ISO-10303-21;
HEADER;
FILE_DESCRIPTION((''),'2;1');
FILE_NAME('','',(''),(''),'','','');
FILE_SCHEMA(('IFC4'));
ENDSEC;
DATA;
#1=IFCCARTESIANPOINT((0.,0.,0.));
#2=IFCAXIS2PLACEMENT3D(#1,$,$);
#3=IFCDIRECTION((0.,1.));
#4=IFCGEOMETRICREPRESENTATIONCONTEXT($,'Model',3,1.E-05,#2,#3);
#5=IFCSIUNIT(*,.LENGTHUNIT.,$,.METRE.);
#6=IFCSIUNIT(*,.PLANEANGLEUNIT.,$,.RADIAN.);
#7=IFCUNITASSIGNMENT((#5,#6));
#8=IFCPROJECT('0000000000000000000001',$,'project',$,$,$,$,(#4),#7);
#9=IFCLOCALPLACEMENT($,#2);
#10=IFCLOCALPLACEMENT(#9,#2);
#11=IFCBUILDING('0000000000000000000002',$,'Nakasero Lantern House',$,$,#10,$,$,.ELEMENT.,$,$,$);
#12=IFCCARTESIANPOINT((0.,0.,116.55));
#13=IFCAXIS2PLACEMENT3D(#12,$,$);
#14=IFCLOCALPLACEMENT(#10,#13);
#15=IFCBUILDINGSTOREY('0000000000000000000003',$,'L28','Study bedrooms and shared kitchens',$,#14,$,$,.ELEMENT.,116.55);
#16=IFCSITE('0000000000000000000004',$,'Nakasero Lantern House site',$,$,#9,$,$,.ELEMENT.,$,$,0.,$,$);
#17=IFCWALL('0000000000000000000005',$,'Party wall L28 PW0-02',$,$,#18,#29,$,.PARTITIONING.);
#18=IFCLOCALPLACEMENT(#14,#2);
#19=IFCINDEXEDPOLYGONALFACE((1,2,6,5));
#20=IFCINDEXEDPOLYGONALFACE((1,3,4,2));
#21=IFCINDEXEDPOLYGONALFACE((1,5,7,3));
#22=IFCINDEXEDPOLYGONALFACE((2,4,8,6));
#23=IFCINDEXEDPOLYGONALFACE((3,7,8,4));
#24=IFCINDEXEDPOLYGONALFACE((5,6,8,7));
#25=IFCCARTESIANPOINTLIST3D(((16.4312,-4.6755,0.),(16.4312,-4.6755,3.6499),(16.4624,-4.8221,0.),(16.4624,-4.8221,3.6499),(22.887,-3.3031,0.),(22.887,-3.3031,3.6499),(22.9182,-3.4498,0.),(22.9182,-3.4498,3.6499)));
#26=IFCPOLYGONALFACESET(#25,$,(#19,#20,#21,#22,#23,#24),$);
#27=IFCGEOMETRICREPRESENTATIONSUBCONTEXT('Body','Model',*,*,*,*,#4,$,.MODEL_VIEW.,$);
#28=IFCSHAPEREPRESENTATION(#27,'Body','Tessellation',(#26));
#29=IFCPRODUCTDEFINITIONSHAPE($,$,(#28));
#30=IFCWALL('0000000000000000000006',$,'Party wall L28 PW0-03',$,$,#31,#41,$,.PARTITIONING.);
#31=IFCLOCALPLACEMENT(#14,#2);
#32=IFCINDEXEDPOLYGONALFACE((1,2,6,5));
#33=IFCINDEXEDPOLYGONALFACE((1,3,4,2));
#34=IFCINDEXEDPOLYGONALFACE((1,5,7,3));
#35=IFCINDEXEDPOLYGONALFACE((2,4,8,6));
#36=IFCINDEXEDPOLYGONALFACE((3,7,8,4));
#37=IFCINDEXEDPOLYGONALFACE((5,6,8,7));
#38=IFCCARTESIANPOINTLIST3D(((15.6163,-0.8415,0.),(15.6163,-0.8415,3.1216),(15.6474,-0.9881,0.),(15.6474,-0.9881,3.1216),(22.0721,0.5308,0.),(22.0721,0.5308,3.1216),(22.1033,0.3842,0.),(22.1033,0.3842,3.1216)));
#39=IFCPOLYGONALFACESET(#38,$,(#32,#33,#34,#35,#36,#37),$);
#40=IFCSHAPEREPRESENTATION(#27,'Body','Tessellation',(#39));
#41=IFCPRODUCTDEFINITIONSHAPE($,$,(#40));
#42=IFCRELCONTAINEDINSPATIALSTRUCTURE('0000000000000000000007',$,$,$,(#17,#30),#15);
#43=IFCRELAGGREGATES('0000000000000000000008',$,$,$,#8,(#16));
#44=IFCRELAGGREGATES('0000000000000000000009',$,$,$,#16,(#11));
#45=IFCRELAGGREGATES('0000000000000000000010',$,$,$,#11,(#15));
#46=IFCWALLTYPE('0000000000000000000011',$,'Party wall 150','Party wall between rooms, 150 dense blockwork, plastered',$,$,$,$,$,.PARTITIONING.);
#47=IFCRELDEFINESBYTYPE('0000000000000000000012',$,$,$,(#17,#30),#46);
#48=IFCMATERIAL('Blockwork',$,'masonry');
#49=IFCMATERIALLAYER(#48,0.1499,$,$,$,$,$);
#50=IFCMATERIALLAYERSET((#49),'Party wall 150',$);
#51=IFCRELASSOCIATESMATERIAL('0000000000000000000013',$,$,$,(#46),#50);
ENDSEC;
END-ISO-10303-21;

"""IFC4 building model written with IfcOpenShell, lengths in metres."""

from ifc_helpers import new_model, si_unit, direction, frame, frame_2d, origin, place, context, subcontext, project, spatial, rectangle, extrude, material, layer, layer_set, type_object, element, save


model = new_model("IFC4")

# Units and contexts
model_context = context("Model", 3, precision=1e-05, world=origin(), true_north=direction((0.0, 1.0)))
body_context = subcontext(model_context, "Body", "Model", "MODEL_VIEW")
ifc_project = project(units=[si_unit("LENGTHUNIT", "METRE"), si_unit("PLANEANGLEUNIT", "RADIAN")], contexts=[model_context])

# Site, building, storey
site_placement = place(None, origin())
site = spatial("IfcSite", under=ifc_project, at=site_placement, Name="Nakasero Lantern House site", CompositionType="ELEMENT", RefElevation=0.0)
building_placement = place(site_placement, origin())
building = spatial("IfcBuilding", under=site, at=building_placement, Name="Nakasero Lantern House", CompositionType="ELEMENT")
storey_placement = place(building_placement, frame((0.0, 0.0, 116.55)))
storey = spatial("IfcBuildingStorey", under=building, at=storey_placement, Name="L28", Description="Study bedrooms and shared kitchens", CompositionType="ELEMENT", Elevation=116.55)

# Walls
ifc_material_1 = material(Name="Blockwork", Category="masonry")
ifc_layer_1 = layer(ifc_material_1, 0.1499)
ifc_layer_set_1 = layer_set([ifc_layer_1], Name="Party wall 150")
wall_type_1 = type_object("IfcWallType", Name="Party wall 150", Description="Party wall between rooms, 150 dense blockwork, plastered", PredefinedType="PARTITIONING", material=ifc_layer_set_1)
wall_1_placement = place(storey_placement, frame((16.4468, -4.7488, 0.0), z_axis=(0.0, 0.0, 1.0), x_axis=(0.978145, 0.207925, 0.0)))
element("IfcWall", 1, at=wall_1_placement, inside=storey, type_object=wall_type_1, Name="Party wall L28 PW0-02", PredefinedType="PARTITIONING", context=body_context, shape_type="SweptSolid", body=[
    extrude(rectangle(XDim=6.6001, YDim=0.1499, at=frame_2d((3.3, 0.0))), origin(), (0.0, 0.0, 1.0), 3.6499),
])
wall_2_placement = place(storey_placement, frame((15.6318, -0.9148, 0.0), z_axis=(0.0, 0.0, 1.0), x_axis=(0.978145, 0.207925, 0.0)))
element("IfcWall", 2, at=wall_2_placement, inside=storey, type_object=wall_type_1, Name="Party wall L28 PW0-03", PredefinedType="PARTITIONING", context=body_context, shape_type="SweptSolid", body=[
    extrude(rectangle(XDim=6.6001, YDim=0.1499, at=frame_2d((3.3, 0.0))), origin(), (0.0, 0.0, 1.0), 3.1216),
])

save(model, "model.ifc")
